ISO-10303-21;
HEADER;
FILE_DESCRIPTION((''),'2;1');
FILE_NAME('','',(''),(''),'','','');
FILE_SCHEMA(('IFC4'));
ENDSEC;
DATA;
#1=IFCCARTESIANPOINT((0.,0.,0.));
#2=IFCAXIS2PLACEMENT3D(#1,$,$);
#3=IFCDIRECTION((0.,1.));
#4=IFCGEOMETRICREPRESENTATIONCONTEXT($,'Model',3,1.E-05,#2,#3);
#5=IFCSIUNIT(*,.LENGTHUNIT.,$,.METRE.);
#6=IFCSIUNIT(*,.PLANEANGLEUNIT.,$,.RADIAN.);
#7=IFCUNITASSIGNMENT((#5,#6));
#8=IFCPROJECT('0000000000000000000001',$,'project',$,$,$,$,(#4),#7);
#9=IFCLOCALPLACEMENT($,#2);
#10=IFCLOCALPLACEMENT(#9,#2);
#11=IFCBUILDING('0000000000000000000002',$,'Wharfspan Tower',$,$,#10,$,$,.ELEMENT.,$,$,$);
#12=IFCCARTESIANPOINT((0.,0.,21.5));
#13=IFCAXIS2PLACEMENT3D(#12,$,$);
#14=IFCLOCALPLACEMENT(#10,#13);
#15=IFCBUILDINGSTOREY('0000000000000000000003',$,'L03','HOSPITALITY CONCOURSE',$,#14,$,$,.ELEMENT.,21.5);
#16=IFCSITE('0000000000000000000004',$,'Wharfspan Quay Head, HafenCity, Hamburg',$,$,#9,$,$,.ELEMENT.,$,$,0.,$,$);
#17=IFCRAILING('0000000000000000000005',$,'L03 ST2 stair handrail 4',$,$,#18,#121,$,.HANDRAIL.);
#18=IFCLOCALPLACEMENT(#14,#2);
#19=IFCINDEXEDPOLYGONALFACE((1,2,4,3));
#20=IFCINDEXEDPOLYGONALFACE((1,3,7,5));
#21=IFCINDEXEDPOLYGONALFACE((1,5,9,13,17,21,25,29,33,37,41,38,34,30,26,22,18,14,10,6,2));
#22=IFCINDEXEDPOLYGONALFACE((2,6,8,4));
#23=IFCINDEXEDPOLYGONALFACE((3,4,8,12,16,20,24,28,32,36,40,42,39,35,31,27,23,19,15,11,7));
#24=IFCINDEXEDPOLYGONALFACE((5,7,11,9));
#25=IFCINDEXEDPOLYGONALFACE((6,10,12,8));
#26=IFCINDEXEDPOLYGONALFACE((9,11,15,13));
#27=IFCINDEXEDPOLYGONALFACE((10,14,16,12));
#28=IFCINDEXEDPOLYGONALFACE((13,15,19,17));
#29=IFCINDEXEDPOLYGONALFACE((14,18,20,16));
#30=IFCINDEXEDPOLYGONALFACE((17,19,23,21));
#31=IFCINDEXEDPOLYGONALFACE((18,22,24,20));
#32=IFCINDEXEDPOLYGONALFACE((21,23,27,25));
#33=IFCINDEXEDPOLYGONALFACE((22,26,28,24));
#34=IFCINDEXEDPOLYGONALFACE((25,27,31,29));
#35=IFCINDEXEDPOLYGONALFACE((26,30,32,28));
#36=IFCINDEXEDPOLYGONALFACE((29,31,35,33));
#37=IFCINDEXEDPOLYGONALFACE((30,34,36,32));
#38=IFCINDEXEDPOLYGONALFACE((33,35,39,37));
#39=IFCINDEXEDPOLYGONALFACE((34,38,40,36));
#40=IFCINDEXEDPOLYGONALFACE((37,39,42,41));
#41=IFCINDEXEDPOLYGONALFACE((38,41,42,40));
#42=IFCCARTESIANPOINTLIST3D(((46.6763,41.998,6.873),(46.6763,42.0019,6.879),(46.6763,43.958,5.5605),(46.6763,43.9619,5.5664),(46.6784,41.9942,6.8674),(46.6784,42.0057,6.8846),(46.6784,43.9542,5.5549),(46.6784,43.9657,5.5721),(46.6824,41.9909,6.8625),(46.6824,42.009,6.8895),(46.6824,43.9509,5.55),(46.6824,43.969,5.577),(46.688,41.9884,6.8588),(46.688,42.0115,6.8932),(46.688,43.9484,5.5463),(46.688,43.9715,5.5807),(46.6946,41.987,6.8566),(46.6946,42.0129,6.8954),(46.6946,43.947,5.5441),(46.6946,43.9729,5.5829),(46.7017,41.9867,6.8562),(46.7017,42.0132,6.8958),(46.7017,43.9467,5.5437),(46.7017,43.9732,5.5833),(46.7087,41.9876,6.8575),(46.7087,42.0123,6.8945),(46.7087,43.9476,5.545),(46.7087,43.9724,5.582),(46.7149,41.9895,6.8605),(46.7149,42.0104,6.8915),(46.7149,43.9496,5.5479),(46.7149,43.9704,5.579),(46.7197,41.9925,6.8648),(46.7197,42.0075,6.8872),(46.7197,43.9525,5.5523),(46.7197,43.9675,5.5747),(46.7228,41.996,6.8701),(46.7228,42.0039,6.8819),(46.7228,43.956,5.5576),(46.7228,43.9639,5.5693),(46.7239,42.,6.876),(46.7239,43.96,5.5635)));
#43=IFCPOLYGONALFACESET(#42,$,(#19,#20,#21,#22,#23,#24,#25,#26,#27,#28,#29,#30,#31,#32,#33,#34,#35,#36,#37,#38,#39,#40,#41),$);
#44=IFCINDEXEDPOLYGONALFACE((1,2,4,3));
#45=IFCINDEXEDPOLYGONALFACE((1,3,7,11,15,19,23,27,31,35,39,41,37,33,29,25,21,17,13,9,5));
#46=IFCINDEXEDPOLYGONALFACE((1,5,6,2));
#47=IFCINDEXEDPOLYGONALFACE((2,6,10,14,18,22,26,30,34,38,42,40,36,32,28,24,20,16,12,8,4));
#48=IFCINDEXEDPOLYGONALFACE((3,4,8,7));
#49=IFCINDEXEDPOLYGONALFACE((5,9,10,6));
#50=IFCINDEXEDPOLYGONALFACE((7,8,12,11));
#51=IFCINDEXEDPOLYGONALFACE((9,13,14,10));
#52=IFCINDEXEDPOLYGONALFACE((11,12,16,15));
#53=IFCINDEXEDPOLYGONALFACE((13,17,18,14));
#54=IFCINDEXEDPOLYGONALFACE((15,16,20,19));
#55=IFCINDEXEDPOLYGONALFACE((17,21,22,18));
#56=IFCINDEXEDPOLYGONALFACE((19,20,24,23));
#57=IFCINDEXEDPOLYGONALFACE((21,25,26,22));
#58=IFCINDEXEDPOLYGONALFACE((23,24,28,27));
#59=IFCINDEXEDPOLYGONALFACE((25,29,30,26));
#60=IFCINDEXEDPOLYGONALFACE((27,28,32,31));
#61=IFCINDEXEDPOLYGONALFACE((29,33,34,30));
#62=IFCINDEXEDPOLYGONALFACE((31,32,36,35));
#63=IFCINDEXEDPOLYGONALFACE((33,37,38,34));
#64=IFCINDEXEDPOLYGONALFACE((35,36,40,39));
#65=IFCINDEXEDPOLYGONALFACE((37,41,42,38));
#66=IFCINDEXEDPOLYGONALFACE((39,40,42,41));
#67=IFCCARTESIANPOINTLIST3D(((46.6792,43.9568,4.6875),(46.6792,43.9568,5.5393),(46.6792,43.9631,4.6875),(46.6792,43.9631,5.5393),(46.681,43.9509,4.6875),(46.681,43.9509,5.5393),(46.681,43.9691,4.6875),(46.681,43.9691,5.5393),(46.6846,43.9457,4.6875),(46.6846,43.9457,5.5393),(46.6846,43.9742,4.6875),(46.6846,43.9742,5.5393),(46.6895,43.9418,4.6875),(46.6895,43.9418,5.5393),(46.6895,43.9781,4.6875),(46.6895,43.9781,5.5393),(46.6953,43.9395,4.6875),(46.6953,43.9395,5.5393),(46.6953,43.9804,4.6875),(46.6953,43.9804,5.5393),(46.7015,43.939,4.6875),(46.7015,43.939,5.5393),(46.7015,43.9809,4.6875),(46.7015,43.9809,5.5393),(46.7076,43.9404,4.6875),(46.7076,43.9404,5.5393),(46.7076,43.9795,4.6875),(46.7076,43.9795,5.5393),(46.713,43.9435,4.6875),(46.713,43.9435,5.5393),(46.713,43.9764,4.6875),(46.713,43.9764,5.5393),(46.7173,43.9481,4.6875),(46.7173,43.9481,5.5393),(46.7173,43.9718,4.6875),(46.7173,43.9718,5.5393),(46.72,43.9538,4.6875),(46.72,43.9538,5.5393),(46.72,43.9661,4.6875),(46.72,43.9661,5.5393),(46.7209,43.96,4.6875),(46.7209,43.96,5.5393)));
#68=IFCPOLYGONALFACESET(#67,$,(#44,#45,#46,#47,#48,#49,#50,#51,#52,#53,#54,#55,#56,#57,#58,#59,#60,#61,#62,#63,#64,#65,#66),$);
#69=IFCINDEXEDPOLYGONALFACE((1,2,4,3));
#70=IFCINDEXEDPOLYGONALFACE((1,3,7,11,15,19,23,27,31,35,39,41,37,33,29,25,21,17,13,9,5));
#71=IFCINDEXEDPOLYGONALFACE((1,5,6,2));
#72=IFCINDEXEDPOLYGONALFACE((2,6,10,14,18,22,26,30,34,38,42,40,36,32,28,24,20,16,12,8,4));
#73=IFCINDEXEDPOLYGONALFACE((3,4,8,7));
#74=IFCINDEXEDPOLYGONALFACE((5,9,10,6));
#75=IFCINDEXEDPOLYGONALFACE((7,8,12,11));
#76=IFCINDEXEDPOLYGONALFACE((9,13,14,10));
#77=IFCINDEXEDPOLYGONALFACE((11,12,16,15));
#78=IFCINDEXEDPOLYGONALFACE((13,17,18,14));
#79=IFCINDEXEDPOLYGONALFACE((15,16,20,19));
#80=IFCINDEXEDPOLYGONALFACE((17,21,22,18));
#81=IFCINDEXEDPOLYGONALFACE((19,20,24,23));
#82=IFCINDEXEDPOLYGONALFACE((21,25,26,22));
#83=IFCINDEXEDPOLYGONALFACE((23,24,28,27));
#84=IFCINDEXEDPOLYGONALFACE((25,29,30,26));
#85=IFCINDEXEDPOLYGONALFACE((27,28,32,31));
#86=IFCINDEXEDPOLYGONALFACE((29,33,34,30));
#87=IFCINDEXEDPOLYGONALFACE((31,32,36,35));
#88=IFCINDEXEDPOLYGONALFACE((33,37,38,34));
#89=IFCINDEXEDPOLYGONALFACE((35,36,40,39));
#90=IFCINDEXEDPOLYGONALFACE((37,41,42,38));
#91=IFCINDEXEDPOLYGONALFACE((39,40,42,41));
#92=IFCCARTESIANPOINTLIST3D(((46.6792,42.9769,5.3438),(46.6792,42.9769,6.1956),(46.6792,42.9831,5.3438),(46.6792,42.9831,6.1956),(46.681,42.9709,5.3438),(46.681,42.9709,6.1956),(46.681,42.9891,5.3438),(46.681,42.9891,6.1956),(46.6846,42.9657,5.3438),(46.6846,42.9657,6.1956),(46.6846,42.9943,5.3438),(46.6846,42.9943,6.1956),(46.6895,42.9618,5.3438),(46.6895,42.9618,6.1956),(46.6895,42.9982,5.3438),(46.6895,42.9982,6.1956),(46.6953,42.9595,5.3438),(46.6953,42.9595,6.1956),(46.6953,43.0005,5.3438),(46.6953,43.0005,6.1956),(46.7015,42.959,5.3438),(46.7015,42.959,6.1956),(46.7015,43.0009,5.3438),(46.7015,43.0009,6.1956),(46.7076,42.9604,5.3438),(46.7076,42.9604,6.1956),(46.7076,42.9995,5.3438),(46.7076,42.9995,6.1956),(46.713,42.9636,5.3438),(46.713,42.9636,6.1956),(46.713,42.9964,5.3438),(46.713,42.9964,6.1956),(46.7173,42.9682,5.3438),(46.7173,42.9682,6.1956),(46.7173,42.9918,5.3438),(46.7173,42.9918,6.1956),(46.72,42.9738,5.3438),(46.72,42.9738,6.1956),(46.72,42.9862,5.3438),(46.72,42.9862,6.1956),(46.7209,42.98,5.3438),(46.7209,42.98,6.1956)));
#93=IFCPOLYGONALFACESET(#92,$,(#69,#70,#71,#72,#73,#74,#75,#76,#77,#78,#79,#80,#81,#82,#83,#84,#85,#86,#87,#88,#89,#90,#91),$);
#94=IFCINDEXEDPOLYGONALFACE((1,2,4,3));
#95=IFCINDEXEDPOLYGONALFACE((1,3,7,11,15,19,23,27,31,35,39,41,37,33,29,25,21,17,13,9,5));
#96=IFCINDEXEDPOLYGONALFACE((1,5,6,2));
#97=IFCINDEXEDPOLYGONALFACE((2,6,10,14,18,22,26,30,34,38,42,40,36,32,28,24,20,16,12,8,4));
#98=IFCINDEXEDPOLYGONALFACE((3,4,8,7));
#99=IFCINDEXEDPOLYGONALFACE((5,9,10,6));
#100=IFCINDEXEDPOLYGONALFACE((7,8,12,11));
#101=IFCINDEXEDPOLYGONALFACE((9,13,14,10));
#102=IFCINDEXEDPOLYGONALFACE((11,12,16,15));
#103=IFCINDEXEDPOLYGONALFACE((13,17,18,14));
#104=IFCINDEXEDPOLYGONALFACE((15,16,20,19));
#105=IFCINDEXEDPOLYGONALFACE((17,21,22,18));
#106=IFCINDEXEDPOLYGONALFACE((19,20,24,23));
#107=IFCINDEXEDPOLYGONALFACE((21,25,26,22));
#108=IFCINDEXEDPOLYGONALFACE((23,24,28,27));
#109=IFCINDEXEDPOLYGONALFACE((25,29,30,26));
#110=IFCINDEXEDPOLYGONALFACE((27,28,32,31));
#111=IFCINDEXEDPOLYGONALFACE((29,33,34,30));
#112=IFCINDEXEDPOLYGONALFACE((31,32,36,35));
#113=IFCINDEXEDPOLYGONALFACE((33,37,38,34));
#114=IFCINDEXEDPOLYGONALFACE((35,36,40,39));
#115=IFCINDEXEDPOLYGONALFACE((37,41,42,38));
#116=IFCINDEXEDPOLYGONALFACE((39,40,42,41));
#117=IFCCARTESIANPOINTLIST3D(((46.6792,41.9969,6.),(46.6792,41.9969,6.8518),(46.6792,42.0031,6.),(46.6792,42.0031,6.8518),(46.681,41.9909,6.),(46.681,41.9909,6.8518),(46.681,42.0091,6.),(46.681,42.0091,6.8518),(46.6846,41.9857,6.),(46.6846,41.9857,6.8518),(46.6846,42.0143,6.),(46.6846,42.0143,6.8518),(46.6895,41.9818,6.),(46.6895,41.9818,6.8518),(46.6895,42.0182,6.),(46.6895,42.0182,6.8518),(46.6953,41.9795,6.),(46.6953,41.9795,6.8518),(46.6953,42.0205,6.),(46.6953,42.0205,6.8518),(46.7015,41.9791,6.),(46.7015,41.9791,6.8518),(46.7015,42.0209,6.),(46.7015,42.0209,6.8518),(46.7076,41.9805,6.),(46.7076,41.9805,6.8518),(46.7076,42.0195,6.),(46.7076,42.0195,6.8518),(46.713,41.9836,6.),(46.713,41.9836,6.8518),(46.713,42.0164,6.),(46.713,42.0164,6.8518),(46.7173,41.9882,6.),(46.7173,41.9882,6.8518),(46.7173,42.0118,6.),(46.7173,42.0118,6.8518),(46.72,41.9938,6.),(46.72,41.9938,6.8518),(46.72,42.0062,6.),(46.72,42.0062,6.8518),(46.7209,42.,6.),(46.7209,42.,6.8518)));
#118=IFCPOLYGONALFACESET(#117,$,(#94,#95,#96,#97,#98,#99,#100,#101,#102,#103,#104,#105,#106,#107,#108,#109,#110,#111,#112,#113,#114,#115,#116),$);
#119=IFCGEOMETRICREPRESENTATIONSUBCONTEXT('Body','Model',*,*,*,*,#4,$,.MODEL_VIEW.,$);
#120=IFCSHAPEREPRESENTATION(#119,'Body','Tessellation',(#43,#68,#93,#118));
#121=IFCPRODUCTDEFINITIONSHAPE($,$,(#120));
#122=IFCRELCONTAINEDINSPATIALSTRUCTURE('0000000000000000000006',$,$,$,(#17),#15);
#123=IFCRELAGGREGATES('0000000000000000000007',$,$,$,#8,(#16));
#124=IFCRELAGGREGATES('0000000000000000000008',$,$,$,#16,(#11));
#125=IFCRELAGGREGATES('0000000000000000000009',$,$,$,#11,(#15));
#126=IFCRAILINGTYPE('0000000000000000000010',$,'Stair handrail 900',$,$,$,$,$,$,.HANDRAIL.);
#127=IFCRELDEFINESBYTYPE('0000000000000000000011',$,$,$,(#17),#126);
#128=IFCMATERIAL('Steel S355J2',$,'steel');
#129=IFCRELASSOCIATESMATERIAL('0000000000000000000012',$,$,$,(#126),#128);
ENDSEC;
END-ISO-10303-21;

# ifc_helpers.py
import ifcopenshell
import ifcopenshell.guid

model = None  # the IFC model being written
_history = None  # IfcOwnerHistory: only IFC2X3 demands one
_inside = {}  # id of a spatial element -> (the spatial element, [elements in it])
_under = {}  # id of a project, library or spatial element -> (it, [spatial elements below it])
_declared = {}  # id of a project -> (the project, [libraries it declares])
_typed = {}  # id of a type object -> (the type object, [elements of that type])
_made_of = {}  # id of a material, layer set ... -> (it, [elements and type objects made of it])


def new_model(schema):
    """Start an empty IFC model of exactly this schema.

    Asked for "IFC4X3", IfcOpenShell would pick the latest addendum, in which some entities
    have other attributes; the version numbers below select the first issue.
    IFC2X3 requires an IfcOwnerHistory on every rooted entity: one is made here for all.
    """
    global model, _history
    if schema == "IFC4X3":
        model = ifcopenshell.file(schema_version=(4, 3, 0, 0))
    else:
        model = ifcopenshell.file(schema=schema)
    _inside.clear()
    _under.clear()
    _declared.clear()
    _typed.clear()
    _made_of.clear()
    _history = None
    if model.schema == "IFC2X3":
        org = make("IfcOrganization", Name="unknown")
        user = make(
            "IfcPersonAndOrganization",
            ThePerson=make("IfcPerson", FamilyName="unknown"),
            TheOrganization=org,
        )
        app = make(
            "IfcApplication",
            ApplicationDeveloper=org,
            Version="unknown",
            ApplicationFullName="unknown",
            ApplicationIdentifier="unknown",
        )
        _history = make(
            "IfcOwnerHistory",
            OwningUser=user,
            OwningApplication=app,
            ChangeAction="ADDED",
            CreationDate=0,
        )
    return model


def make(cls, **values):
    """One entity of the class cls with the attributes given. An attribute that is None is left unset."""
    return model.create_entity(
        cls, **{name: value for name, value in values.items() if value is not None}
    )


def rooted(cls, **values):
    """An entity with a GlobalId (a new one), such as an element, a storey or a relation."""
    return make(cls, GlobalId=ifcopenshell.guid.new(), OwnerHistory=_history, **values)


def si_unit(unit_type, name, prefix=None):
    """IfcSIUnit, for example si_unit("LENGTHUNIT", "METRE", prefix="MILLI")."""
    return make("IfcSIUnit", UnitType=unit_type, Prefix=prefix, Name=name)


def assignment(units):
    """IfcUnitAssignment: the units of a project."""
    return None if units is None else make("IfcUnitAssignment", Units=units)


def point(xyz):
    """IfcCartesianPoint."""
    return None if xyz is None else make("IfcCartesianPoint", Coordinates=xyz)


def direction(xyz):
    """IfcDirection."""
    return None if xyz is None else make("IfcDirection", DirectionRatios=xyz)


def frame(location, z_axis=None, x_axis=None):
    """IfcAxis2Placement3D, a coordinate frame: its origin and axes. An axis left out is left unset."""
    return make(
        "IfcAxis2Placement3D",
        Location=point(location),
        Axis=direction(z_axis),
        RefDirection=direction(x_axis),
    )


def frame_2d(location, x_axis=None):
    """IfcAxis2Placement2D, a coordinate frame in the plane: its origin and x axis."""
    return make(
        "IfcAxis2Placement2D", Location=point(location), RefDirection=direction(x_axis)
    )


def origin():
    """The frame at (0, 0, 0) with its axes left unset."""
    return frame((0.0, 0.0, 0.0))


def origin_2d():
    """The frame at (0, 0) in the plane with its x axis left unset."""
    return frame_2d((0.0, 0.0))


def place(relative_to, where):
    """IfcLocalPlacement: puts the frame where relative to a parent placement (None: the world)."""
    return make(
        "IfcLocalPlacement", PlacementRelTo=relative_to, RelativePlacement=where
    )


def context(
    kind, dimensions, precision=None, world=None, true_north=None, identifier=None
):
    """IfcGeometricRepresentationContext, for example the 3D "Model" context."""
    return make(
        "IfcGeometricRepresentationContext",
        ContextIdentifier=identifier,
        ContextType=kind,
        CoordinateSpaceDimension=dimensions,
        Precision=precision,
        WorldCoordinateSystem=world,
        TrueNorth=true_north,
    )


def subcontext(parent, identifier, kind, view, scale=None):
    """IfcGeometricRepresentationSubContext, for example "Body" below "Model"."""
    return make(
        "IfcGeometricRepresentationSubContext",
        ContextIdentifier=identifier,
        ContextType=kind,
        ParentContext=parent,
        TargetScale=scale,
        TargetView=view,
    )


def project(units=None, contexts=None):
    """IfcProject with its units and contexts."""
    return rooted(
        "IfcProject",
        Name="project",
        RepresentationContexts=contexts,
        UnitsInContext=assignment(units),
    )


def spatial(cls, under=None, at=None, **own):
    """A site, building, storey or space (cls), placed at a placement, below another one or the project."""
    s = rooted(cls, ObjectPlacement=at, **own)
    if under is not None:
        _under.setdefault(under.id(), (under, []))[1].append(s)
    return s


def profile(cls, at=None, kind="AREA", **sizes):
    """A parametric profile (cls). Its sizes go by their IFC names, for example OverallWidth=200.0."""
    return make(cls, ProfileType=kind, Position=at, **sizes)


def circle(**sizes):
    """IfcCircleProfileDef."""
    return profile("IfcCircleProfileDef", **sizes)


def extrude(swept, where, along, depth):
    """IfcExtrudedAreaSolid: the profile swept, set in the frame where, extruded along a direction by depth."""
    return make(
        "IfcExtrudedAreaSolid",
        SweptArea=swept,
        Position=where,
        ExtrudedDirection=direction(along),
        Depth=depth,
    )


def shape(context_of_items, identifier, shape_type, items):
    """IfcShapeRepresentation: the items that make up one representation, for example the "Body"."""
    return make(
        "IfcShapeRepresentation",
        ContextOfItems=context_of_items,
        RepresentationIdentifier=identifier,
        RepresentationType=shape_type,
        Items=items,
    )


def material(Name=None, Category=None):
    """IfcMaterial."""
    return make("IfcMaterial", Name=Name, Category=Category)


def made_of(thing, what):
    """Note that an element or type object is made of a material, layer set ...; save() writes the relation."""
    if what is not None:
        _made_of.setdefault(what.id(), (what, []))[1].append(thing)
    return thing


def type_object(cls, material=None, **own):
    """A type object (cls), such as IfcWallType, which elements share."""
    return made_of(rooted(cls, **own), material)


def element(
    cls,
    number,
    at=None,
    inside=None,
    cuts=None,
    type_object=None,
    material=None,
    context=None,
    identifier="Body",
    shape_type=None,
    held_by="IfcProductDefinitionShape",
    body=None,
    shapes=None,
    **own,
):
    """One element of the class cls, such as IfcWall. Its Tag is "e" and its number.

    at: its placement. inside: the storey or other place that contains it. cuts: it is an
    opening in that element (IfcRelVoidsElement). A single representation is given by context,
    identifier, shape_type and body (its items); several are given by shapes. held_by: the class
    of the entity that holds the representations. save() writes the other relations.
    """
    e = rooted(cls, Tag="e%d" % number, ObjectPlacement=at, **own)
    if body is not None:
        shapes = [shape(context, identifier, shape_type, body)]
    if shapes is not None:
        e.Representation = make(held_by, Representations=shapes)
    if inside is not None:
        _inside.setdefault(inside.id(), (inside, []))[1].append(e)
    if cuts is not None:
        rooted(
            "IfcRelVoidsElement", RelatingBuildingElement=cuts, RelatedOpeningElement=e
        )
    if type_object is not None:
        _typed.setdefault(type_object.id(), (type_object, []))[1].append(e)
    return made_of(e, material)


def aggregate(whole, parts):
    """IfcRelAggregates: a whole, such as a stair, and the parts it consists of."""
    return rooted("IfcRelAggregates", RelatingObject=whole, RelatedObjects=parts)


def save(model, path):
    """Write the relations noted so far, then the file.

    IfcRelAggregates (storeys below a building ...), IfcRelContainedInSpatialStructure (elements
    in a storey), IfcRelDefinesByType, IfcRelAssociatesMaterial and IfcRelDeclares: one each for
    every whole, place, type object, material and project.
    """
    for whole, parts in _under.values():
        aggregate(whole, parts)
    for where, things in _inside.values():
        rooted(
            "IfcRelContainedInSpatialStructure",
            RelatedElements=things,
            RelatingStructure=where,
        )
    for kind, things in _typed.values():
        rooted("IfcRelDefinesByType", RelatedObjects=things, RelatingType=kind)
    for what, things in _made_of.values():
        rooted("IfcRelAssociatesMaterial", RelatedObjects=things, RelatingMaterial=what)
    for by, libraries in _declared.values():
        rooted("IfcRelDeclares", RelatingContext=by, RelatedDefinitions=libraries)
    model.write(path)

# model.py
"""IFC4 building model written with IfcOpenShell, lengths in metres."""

from ifc_helpers import new_model, si_unit, direction, frame, origin, origin_2d, place, context, subcontext, project, spatial, circle, extrude, material, type_object, element, save


model = new_model("IFC4")

# Units and contexts
model_context = context("Model", 3, precision=1e-05, world=origin(), true_north=direction((0.0, 1.0)))
body_context = subcontext(model_context, "Body", "Model", "MODEL_VIEW")
ifc_project = project(units=[si_unit("LENGTHUNIT", "METRE"), si_unit("PLANEANGLEUNIT", "RADIAN")], contexts=[model_context])

# Site, building, storey
site_placement = place(None, origin())
site = spatial("IfcSite", under=ifc_project, at=site_placement, Name="Wharfspan Quay Head, HafenCity, Hamburg", CompositionType="ELEMENT", RefElevation=0.0)
building_placement = place(site_placement, origin())
building = spatial("IfcBuilding", under=site, at=building_placement, Name="Wharfspan Tower", CompositionType="ELEMENT")
storey_placement = place(building_placement, frame((0.0, 0.0, 21.5)))
storey = spatial("IfcBuildingStorey", under=building, at=storey_placement, Name="L03", Description="HOSPITALITY CONCOURSE", CompositionType="ELEMENT", Elevation=21.5)

# Railing
ifc_material_1 = material(Name="Steel S355J2", Category="steel")
railing_type_1 = type_object("IfcRailingType", Name="Stair handrail 900", PredefinedType="HANDRAIL", material=ifc_material_1)
railing_1_placement = place(storey_placement, frame((46.7, 43.96, 4.6875)))
element("IfcRailing", 1, at=railing_1_placement, inside=storey, type_object=railing_type_1, Name="L03 ST2 stair handrail 4", PredefinedType="HANDRAIL", context=body_context, shape_type="SweptSolid", body=[
    extrude(circle(Radius=0.0239, at=origin_2d()), frame((0.0, 0.0, 0.876), z_axis=(0.0, -0.830902, 0.556419), x_axis=(1.0, 0.0, 0.0)), (0.0, 0.0, 1.0), 2.3589),
    extrude(circle(Radius=0.021, at=origin_2d()), origin(), (0.0, 0.0, 1.0), 0.8518),
    extrude(circle(Radius=0.021, at=origin_2d()), frame((0.0, -0.98, 0.6562)), (0.0, 0.0, 1.0), 0.8518),
    extrude(circle(Radius=0.021, at=origin_2d()), frame((0.0, -1.96, 1.3125)), (0.0, 0.0, 1.0), 0.8518),
])

save(model, "model.ifc")
